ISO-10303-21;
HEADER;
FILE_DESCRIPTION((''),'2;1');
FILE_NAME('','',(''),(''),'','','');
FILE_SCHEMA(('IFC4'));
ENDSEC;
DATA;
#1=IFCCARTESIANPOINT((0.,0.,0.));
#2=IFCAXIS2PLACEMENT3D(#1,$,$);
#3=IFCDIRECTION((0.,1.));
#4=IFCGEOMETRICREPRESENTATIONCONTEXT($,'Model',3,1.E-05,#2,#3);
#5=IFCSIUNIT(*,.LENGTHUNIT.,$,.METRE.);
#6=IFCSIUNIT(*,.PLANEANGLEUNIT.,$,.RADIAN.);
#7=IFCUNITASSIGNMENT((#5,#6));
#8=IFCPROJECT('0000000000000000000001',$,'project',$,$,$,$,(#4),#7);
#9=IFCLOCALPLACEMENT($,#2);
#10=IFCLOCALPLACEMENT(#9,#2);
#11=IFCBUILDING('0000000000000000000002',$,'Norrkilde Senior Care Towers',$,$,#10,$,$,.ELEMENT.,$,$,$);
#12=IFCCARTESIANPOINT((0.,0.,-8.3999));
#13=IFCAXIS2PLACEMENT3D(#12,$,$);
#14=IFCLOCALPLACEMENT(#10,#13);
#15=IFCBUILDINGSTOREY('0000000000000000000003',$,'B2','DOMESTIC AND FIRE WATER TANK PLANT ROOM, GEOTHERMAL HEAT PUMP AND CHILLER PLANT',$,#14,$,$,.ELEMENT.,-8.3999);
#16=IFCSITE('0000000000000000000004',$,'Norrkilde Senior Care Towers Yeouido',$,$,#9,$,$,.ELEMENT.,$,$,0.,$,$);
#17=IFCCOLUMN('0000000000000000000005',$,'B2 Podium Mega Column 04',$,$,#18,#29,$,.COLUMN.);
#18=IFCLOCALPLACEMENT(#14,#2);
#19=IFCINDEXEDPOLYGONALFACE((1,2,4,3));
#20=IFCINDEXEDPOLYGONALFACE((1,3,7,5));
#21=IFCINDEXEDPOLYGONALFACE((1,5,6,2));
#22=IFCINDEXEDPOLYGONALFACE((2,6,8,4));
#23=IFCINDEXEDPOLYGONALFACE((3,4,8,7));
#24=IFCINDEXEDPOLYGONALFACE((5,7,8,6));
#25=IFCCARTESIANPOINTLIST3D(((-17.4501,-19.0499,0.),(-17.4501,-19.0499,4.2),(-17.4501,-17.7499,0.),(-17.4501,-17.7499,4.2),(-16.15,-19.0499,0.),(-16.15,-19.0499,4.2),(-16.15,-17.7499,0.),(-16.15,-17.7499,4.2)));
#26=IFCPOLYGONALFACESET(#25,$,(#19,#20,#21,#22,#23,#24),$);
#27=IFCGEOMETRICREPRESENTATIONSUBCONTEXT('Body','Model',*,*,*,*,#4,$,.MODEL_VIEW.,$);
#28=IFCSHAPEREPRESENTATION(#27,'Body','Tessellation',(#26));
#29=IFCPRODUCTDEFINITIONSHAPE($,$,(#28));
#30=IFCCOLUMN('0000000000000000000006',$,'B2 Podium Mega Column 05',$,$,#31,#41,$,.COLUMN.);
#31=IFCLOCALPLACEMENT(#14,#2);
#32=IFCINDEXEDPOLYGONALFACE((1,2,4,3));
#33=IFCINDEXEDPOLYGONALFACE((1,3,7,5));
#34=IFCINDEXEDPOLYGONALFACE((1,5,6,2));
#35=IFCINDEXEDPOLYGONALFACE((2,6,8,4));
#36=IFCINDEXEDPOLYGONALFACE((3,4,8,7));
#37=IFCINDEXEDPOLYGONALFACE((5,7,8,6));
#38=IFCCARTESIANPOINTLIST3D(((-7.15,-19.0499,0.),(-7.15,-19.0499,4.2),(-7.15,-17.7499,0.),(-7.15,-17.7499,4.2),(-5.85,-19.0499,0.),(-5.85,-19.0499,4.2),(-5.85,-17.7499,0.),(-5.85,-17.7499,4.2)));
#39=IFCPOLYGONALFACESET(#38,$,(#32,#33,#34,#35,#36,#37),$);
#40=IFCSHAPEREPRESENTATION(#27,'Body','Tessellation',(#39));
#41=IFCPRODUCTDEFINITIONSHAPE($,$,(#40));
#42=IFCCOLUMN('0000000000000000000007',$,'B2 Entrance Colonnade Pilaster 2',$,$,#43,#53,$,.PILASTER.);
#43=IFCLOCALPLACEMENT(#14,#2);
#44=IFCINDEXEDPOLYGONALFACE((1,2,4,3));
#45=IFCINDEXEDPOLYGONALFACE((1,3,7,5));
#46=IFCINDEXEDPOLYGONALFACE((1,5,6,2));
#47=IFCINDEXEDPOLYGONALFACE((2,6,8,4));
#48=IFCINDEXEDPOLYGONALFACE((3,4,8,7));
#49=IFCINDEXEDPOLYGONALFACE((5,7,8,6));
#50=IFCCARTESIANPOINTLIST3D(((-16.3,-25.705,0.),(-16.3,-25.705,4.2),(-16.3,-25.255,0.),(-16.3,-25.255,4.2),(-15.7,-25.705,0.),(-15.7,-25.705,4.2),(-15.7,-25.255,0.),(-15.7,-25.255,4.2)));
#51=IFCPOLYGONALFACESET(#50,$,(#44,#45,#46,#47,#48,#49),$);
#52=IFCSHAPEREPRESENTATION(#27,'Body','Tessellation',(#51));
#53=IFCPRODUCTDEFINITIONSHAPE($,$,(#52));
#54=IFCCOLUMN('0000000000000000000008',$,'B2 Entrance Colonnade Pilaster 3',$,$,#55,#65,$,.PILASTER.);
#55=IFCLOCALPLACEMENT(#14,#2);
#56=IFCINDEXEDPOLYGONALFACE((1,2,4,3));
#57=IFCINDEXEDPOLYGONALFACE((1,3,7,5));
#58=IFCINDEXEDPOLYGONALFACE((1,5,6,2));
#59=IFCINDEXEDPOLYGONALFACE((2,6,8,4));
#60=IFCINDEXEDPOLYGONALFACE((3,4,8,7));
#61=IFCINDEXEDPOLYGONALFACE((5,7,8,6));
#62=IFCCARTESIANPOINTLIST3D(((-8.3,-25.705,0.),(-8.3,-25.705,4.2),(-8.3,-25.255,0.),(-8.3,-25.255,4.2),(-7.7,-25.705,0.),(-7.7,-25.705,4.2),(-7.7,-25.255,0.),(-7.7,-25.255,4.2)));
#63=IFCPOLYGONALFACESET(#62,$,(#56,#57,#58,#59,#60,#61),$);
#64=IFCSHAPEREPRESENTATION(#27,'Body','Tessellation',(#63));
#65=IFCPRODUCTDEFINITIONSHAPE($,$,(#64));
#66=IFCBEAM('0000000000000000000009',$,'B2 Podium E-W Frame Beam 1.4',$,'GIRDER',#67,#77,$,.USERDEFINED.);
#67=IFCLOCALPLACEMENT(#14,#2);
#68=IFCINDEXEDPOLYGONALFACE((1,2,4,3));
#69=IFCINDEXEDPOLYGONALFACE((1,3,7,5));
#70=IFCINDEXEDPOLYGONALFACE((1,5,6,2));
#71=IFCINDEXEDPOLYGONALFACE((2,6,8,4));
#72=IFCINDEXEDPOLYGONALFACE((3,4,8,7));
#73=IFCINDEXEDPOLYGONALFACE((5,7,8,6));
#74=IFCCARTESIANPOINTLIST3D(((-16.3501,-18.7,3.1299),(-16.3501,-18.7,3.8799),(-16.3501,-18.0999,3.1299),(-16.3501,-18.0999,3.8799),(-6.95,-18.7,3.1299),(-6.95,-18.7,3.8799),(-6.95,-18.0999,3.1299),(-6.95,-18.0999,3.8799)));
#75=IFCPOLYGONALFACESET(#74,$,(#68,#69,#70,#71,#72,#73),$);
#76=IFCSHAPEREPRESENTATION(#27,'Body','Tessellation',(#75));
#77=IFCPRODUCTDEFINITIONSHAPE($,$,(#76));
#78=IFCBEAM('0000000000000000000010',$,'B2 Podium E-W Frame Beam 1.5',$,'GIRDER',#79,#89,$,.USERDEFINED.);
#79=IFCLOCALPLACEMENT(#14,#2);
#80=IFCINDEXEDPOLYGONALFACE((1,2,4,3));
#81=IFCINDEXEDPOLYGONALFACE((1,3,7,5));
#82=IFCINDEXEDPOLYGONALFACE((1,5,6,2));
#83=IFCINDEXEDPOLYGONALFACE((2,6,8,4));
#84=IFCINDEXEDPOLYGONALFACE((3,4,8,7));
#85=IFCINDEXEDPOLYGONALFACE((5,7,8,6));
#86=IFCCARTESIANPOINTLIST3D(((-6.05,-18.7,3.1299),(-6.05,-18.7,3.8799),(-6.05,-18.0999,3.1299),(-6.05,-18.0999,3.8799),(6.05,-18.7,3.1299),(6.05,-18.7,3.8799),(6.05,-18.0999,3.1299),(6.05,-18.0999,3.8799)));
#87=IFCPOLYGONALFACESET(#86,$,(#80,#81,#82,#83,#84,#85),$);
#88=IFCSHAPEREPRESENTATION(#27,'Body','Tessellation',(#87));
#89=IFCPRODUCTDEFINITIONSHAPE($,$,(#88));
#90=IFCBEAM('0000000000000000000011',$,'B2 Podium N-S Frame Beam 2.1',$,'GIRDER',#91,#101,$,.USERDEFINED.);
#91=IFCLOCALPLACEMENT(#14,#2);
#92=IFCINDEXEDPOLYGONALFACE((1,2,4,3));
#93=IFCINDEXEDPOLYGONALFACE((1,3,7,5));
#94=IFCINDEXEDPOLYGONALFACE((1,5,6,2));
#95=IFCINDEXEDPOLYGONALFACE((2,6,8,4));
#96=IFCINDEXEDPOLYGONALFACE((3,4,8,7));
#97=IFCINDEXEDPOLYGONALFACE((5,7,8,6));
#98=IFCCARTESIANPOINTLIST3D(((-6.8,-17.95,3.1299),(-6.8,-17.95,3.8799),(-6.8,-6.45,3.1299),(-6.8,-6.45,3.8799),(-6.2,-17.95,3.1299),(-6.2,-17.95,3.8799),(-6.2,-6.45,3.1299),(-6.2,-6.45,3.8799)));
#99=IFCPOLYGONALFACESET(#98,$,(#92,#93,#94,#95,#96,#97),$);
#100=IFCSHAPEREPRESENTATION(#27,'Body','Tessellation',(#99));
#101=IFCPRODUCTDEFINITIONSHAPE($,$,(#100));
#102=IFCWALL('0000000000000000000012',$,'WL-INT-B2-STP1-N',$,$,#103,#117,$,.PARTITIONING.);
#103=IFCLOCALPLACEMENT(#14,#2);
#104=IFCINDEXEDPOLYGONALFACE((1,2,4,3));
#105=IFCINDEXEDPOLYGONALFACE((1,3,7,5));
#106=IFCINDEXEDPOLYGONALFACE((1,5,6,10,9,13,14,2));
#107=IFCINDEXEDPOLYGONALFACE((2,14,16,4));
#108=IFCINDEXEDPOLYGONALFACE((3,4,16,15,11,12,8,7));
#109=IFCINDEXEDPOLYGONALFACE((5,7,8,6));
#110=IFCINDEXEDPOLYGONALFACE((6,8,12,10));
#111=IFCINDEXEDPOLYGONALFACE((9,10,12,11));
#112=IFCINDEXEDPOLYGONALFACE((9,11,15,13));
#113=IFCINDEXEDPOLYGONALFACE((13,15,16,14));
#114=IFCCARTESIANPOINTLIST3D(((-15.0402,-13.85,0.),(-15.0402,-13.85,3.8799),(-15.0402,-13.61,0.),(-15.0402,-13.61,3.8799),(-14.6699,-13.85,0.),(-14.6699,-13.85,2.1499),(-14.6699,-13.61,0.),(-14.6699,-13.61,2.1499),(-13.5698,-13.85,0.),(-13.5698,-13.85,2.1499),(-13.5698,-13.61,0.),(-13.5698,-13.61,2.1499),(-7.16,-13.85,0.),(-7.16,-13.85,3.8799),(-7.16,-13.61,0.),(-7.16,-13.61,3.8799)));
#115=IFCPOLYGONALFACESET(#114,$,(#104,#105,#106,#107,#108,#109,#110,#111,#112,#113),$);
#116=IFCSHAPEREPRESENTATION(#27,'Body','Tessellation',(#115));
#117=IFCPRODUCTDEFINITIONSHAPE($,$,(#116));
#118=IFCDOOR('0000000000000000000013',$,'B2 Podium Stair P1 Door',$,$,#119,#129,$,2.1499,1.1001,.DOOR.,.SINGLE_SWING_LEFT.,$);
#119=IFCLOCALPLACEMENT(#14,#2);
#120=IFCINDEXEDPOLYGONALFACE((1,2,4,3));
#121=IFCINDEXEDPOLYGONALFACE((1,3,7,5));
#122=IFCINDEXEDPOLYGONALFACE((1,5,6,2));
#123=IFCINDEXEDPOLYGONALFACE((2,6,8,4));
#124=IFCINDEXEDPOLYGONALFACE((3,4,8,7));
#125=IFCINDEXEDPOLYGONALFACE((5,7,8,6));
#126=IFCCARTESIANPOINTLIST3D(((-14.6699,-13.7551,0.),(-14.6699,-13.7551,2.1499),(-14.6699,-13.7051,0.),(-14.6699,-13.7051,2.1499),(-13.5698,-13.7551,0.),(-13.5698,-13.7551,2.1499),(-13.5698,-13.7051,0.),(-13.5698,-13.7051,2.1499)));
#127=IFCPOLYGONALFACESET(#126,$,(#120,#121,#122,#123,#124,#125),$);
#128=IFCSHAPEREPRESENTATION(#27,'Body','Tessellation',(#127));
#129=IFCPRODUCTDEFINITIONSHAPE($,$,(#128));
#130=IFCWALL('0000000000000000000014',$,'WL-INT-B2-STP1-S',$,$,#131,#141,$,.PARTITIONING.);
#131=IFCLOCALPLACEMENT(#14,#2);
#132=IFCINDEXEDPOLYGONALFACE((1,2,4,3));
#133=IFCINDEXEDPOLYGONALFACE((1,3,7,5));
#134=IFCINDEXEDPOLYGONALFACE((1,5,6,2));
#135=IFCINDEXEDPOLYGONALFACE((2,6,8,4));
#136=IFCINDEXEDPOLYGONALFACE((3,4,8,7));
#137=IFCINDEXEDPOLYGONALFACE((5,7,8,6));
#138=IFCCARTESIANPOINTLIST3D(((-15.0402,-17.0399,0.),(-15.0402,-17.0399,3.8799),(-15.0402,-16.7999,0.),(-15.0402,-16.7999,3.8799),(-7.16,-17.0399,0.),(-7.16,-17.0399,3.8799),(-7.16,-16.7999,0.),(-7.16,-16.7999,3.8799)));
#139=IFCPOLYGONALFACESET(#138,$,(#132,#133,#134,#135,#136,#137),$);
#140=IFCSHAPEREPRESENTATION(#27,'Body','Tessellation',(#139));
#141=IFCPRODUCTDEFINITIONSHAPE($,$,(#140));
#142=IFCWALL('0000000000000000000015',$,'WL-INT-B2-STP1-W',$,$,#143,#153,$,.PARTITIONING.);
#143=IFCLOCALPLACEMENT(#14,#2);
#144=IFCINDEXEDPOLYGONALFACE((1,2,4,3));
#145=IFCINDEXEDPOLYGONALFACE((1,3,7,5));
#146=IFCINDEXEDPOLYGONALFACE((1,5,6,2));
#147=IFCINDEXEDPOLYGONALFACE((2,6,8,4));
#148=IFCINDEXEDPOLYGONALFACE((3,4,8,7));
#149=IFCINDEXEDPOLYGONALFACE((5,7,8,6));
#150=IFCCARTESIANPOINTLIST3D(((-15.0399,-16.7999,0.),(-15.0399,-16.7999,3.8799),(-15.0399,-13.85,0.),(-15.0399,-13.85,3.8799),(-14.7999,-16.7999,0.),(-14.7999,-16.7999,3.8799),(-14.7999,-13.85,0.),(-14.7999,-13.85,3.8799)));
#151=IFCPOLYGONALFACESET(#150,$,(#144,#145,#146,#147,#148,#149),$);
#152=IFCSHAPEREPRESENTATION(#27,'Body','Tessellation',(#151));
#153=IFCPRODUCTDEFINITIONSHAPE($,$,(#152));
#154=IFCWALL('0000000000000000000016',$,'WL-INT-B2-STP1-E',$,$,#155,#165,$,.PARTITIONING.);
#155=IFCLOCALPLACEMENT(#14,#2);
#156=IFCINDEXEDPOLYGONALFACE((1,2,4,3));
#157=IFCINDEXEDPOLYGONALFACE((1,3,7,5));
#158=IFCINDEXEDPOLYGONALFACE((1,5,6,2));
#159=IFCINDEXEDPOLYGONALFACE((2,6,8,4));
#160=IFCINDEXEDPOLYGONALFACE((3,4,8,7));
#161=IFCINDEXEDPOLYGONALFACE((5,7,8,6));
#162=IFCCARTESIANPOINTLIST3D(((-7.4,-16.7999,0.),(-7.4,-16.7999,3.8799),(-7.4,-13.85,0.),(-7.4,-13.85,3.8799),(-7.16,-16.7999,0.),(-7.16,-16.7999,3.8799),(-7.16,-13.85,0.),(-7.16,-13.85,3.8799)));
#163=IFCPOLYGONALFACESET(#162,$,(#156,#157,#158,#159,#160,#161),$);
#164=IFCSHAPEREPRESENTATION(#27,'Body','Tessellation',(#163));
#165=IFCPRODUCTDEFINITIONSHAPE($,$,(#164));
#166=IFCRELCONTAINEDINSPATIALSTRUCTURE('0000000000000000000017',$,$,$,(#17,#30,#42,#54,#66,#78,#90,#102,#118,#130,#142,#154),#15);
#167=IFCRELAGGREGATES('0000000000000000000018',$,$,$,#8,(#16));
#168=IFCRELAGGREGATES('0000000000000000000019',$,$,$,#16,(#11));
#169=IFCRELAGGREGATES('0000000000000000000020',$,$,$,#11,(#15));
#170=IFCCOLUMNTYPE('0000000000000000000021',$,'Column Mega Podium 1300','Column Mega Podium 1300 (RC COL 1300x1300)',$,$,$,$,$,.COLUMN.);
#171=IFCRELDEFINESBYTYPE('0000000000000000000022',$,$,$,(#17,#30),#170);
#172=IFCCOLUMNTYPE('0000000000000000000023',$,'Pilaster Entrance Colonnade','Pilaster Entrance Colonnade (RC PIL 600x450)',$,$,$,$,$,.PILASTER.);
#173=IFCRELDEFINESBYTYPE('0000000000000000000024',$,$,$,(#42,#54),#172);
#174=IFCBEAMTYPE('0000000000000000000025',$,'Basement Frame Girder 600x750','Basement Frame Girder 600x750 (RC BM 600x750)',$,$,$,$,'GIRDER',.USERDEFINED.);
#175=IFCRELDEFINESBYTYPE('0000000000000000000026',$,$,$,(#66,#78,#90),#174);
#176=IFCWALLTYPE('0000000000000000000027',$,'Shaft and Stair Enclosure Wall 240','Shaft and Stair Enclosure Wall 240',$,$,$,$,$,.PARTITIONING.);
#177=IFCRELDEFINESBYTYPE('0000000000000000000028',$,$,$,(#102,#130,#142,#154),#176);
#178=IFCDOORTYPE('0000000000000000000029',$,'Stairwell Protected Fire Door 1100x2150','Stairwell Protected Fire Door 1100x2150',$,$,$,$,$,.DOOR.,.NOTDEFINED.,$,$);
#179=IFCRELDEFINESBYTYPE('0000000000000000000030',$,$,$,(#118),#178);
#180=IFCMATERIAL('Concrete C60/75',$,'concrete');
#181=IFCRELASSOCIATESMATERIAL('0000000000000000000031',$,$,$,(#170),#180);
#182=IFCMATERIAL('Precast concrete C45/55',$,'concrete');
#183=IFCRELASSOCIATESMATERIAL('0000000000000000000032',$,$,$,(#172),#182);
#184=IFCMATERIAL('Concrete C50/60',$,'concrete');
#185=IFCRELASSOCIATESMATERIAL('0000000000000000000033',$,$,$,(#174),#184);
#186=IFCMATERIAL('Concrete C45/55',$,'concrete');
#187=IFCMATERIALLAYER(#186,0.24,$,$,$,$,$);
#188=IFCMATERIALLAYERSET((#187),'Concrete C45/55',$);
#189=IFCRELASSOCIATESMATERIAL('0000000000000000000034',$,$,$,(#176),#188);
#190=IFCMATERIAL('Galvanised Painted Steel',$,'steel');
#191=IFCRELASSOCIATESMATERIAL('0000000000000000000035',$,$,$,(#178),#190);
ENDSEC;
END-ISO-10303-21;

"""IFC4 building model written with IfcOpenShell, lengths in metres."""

from ifc_helpers import new_model, si_unit, direction, frame, frame_2d, origin, origin_2d, place, context, subcontext, project, spatial, rectangle, extrude, source, transform, mapped, material, layer, layer_set, material_profile, profile_set, type_object, type_shapes, element, fill, save


model = new_model("IFC4")

# Units and contexts
model_context = context("Model", 3, precision=1e-05, world=origin(), true_north=direction((0.0, 1.0)))
body_context = subcontext(model_context, "Body", "Model", "MODEL_VIEW")
ifc_project = project(units=[si_unit("LENGTHUNIT", "METRE"), si_unit("PLANEANGLEUNIT", "RADIAN")], contexts=[model_context])

# Site, building, storey
site_placement = place(None, origin())
site = spatial("IfcSite", under=ifc_project, at=site_placement, Name="Norrkilde Senior Care Towers Yeouido", CompositionType="ELEMENT", RefElevation=0.0)
building_placement = place(site_placement, origin())
building = spatial("IfcBuilding", under=site, at=building_placement, Name="Norrkilde Senior Care Towers", CompositionType="ELEMENT")
storey_placement = place(building_placement, frame((0.0, 0.0, -8.3999)))
storey = spatial("IfcBuildingStorey", under=building, at=storey_placement, Name="B2", Description="DOMESTIC AND FIRE WATER TANK PLANT ROOM, GEOTHERMAL HEAT PUMP AND CHILLER PLANT", CompositionType="ELEMENT", Elevation=-8.3999)

# Shared definitions
ifc_material_1 = material(Name="Concrete C45/55", Category="concrete")

# Columns
ifc_material_2 = material(Name="Concrete C60/75", Category="concrete")
ifc_material_profile_1 = material_profile(ifc_material_2, rectangle(XDim=1.3, YDim=1.3, at=origin_2d()), Name="RC COL 1300x1300")
ifc_profile_set_1 = profile_set([ifc_material_profile_1], Name="Concrete C60/75")
column_type_1 = type_object("IfcColumnType", Name="Column Mega Podium 1300", Description="Column Mega Podium 1300 (RC COL 1300x1300)", PredefinedType="COLUMN", material=ifc_profile_set_1)
shared_shape_1 = source(origin(), body_context, "Body", "SweptSolid", [
    extrude(rectangle(XDim=1.3, YDim=1.3, at=origin_2d()), origin(), (0.0, 0.0, 1.0), 4.2),
])
type_shapes(column_type_1, [shared_shape_1])
for number, where, z_axis, x_axis, name in (
    (1, (-16.8, -18.3999, 0.0), (0.0, 0.0, 1.0), (1.0, 0.0, 0.0), "B2 Podium Mega Column 04"),
    (2, (-6.5, -18.3999, 0.0), (0.0, 0.0, 1.0), (1.0, 0.0, 0.0), "B2 Podium Mega Column 05"),
):
    element("IfcColumn", number, at=place(storey_placement, frame(where, z_axis=z_axis, x_axis=x_axis)), inside=storey, type_object=column_type_1, Name=name, PredefinedType="COLUMN", context=body_context, shape_type="MappedRepresentation", body=[
        mapped(shared_shape_1, transform((0.0, 0.0, 0.0), x_axis=(1.0, 0.0, 0.0), y_axis=(0.0, 1.0, 0.0), z_axis=(0.0, 0.0, 1.0), scale=1.0)),
    ])
ifc_material_3 = material(Name="Precast concrete C45/55", Category="concrete")
ifc_material_profile_2 = material_profile(ifc_material_3, rectangle(XDim=0.6001, YDim=0.45, at=origin_2d()), Name="RC PIL 600x450")
ifc_profile_set_2 = profile_set([ifc_material_profile_2], Name="Precast concrete C45/55")
column_type_2 = type_object("IfcColumnType", Name="Pilaster Entrance Colonnade", Description="Pilaster Entrance Colonnade (RC PIL 600x450)", PredefinedType="PILASTER", material=ifc_profile_set_2)
shared_shape_2 = source(origin(), body_context, "Body", "SweptSolid", [
    extrude(rectangle(XDim=0.6001, YDim=0.45, at=origin_2d()), origin(), (0.0, 0.0, 1.0), 4.2),
])
type_shapes(column_type_2, [shared_shape_2])
for number, where, z_axis, x_axis, name in (
    (3, (-16.0, -25.48, 0.0), (0.0, 0.0, 1.0), (1.0, 0.0, 0.0), "B2 Entrance Colonnade Pilaster 2"),
    (4, (-8.0, -25.48, 0.0), (0.0, 0.0, 1.0), (1.0, 0.0, 0.0), "B2 Entrance Colonnade Pilaster 3"),
):
    element("IfcColumn", number, at=place(storey_placement, frame(where, z_axis=z_axis, x_axis=x_axis)), inside=storey, type_object=column_type_2, Name=name, PredefinedType="PILASTER", context=body_context, shape_type="MappedRepresentation", body=[
        mapped(shared_shape_2, transform((0.0, 0.0, 0.0), x_axis=(1.0, 0.0, 0.0), y_axis=(0.0, 1.0, 0.0), z_axis=(0.0, 0.0, 1.0), scale=1.0)),
    ])

# Beams
ifc_material_4 = material(Name="Concrete C50/60", Category="concrete")
ifc_material_profile_3 = material_profile(ifc_material_4, rectangle(XDim=0.6001, YDim=0.75, at=origin_2d()), Name="RC BM 600x750")
ifc_profile_set_3 = profile_set([ifc_material_profile_3], Name="Concrete C50/60")
beam_type = type_object("IfcBeamType", Name="Basement Frame Girder 600x750", Description="Basement Frame Girder 600x750 (RC BM 600x750)", ElementType="GIRDER", PredefinedType="USERDEFINED", material=ifc_profile_set_3)
shared_shape_3 = source(origin(), body_context, "Body", "SweptSolid", [
    extrude(rectangle(XDim=0.6001, YDim=0.75, at=origin_2d()), origin(), (0.0, 0.0, 1.0), 9.4001),
])
beam_1_placement = place(storey_placement, frame((-16.3501, -18.3999, 3.5049), z_axis=(1.0, 0.0, 0.0), x_axis=(0.0, 1.0, 0.0)))
element("IfcBeam", 5, at=beam_1_placement, inside=storey, type_object=beam_type, Name="B2 Podium E-W Frame Beam 1.4", ObjectType="GIRDER", PredefinedType="USERDEFINED", context=body_context, shape_type="MappedRepresentation", body=[
    mapped(shared_shape_3, transform((0.0, 0.0, 0.0), x_axis=(1.0, 0.0, 0.0), y_axis=(0.0, 1.0, 0.0), z_axis=(0.0, 0.0, 1.0), scale=1.0)),
])
shared_shape_4 = source(origin(), body_context, "Body", "SweptSolid", [
    extrude(rectangle(XDim=0.6001, YDim=0.75, at=origin_2d()), origin(), (0.0, 0.0, 1.0), 12.1001),
])
beam_2_placement = place(storey_placement, frame((-6.05, -18.3999, 3.5049), z_axis=(1.0, 0.0, 0.0), x_axis=(0.0, 1.0, 0.0)))
element("IfcBeam", 6, at=beam_2_placement, inside=storey, type_object=beam_type, Name="B2 Podium E-W Frame Beam 1.5", ObjectType="GIRDER", PredefinedType="USERDEFINED", context=body_context, shape_type="MappedRepresentation", body=[
    mapped(shared_shape_4, transform((0.0, 0.0, 0.0), x_axis=(1.0, 0.0, 0.0), y_axis=(0.0, 1.0, 0.0), z_axis=(0.0, 0.0, 1.0), scale=1.0)),
])
shared_shape_5 = source(origin(), body_context, "Body", "SweptSolid", [
    extrude(rectangle(XDim=0.6001, YDim=0.75, at=origin_2d()), origin(), (0.0, 0.0, 1.0), 11.5),
])
type_shapes(beam_type, [shared_shape_3, shared_shape_4, shared_shape_5])
beam_3_placement = place(storey_placement, frame((-6.5, -17.95, 3.5049), z_axis=(0.0, 1.0, 0.0), x_axis=(-1.0, 0.0, 0.0)))
element("IfcBeam", 7, at=beam_3_placement, inside=storey, type_object=beam_type, Name="B2 Podium N-S Frame Beam 2.1", ObjectType="GIRDER", PredefinedType="USERDEFINED", context=body_context, shape_type="MappedRepresentation", body=[
    mapped(shared_shape_5, transform((0.0, 0.0, 0.0), x_axis=(1.0, 0.0, 0.0), y_axis=(0.0, 1.0, 0.0), z_axis=(0.0, 0.0, 1.0), scale=1.0)),
])

# Wall, opening, door
ifc_layer = layer(ifc_material_1, 0.24)
ifc_layer_set = layer_set([ifc_layer], Name="Concrete C45/55")
wall_type = type_object("IfcWallType", Name="Shaft and Stair Enclosure Wall 240", Description="Shaft and Stair Enclosure Wall 240", PredefinedType="PARTITIONING", material=ifc_layer_set)
shared_shape_6 = source(origin(), body_context, "Body", "SweptSolid", [
    extrude(rectangle(XDim=7.8801, YDim=0.24, at=frame_2d((3.9399, 0.0))), origin(), (0.0, 0.0, 1.0), 3.8799),
])
wall_1_placement = place(storey_placement, frame((-15.04, -13.73, 0.0), z_axis=(0.0, 0.0, 1.0), x_axis=(1.0, 0.0, 0.0)))
wall_1 = element("IfcWall", 8, at=wall_1_placement, inside=storey, type_object=wall_type, Name="WL-INT-B2-STP1-N", PredefinedType="PARTITIONING", context=body_context, shape_type="MappedRepresentation", body=[
    mapped(shared_shape_6, transform((0.0, 0.0, 0.0), x_axis=(1.0, 0.0, 0.0), y_axis=(0.0, 1.0, 0.0), z_axis=(0.0, 0.0, 1.0), scale=1.0)),
])
opening_placement = place(wall_1_placement, frame((0.3701, 0.0, 0.0)))
opening = element("IfcOpeningElement", 9, at=opening_placement, cuts=wall_1, PredefinedType="OPENING", context=body_context, shape_type="SweptSolid", body=[
    extrude(rectangle(XDim=1.1001, YDim=2.1499, at=frame_2d((0.55, 1.075))), frame((0.0, 0.1299, 0.0), z_axis=(0.0, -1.0, 0.0), x_axis=(1.0, 0.0, 0.0)), (0.0, 0.0, 1.0), 0.26),
])
ifc_material_5 = material(Name="Galvanised Painted Steel", Category="steel")
door_type = type_object("IfcDoorType", Name="Stairwell Protected Fire Door 1100x2150", Description="Stairwell Protected Fire Door 1100x2150", OperationType="NOTDEFINED", PredefinedType="DOOR", material=ifc_material_5)
shared_shape_7 = source(origin(), body_context, "Body", "SweptSolid", [
    extrude(rectangle(XDim=1.1001, YDim=2.1499, at=frame_2d((0.55, 1.075))), frame((0.0, 0.0249, 0.0), z_axis=(0.0, -1.0, 0.0), x_axis=(1.0, 0.0, 0.0)), (0.0, 0.0, 1.0), 0.05),
])
type_shapes(door_type, [shared_shape_7])
door_placement = place(opening_placement, origin())
door = element("IfcDoor", 10, at=door_placement, inside=storey, type_object=door_type, Name="B2 Podium Stair P1 Door", OperationType="SINGLE_SWING_LEFT", OverallHeight=2.1499, OverallWidth=1.1001, PredefinedType="DOOR", context=body_context, shape_type="MappedRepresentation", body=[
    mapped(shared_shape_7, transform((0.0, 0.0, 0.0), x_axis=(1.0, 0.0, 0.0), y_axis=(0.0, 1.0, 0.0), z_axis=(0.0, 0.0, 1.0), scale=1.0)),
])
fill(opening, door)

# Walls
wall_2_placement = place(storey_placement, frame((-15.04, -16.9199, 0.0), z_axis=(0.0, 0.0, 1.0), x_axis=(1.0, 0.0, 0.0)))
element("IfcWall", 11, at=wall_2_placement, inside=storey, type_object=wall_type, Name="WL-INT-B2-STP1-S", PredefinedType="PARTITIONING", context=body_context, shape_type="MappedRepresentation", body=[
    mapped(shared_shape_6, transform((0.0, 0.0, 0.0), x_axis=(1.0, 0.0, 0.0), y_axis=(0.0, 1.0, 0.0), z_axis=(0.0, 0.0, 1.0), scale=1.0)),
])
shared_shape_8 = source(origin(), body_context, "Body", "SweptSolid", [
    extrude(rectangle(XDim=2.95, YDim=0.24, at=frame_2d((1.4751, 0.0))), origin(), (0.0, 0.0, 1.0), 3.8799),
])
type_shapes(wall_type, [shared_shape_6, shared_shape_8])
for number, where, z_axis, x_axis, name in (
    (12, (-14.9199, -16.8, 0.0), (0.0, 0.0, 1.0), (0.0, 1.0, 0.0), "WL-INT-B2-STP1-W"),
    (13, (-7.28, -16.8, 0.0), (0.0, 0.0, 1.0), (0.0, 1.0, 0.0), "WL-INT-B2-STP1-E"),
):
    element("IfcWall", number, at=place(storey_placement, frame(where, z_axis=z_axis, x_axis=x_axis)), inside=storey, type_object=wall_type, Name=name, PredefinedType="PARTITIONING", context=body_context, shape_type="MappedRepresentation", body=[
        mapped(shared_shape_8, transform((0.0, 0.0, 0.0), x_axis=(1.0, 0.0, 0.0), y_axis=(0.0, 1.0, 0.0), z_axis=(0.0, 0.0, 1.0), scale=1.0)),
    ])

save(model, "model.ifc")
